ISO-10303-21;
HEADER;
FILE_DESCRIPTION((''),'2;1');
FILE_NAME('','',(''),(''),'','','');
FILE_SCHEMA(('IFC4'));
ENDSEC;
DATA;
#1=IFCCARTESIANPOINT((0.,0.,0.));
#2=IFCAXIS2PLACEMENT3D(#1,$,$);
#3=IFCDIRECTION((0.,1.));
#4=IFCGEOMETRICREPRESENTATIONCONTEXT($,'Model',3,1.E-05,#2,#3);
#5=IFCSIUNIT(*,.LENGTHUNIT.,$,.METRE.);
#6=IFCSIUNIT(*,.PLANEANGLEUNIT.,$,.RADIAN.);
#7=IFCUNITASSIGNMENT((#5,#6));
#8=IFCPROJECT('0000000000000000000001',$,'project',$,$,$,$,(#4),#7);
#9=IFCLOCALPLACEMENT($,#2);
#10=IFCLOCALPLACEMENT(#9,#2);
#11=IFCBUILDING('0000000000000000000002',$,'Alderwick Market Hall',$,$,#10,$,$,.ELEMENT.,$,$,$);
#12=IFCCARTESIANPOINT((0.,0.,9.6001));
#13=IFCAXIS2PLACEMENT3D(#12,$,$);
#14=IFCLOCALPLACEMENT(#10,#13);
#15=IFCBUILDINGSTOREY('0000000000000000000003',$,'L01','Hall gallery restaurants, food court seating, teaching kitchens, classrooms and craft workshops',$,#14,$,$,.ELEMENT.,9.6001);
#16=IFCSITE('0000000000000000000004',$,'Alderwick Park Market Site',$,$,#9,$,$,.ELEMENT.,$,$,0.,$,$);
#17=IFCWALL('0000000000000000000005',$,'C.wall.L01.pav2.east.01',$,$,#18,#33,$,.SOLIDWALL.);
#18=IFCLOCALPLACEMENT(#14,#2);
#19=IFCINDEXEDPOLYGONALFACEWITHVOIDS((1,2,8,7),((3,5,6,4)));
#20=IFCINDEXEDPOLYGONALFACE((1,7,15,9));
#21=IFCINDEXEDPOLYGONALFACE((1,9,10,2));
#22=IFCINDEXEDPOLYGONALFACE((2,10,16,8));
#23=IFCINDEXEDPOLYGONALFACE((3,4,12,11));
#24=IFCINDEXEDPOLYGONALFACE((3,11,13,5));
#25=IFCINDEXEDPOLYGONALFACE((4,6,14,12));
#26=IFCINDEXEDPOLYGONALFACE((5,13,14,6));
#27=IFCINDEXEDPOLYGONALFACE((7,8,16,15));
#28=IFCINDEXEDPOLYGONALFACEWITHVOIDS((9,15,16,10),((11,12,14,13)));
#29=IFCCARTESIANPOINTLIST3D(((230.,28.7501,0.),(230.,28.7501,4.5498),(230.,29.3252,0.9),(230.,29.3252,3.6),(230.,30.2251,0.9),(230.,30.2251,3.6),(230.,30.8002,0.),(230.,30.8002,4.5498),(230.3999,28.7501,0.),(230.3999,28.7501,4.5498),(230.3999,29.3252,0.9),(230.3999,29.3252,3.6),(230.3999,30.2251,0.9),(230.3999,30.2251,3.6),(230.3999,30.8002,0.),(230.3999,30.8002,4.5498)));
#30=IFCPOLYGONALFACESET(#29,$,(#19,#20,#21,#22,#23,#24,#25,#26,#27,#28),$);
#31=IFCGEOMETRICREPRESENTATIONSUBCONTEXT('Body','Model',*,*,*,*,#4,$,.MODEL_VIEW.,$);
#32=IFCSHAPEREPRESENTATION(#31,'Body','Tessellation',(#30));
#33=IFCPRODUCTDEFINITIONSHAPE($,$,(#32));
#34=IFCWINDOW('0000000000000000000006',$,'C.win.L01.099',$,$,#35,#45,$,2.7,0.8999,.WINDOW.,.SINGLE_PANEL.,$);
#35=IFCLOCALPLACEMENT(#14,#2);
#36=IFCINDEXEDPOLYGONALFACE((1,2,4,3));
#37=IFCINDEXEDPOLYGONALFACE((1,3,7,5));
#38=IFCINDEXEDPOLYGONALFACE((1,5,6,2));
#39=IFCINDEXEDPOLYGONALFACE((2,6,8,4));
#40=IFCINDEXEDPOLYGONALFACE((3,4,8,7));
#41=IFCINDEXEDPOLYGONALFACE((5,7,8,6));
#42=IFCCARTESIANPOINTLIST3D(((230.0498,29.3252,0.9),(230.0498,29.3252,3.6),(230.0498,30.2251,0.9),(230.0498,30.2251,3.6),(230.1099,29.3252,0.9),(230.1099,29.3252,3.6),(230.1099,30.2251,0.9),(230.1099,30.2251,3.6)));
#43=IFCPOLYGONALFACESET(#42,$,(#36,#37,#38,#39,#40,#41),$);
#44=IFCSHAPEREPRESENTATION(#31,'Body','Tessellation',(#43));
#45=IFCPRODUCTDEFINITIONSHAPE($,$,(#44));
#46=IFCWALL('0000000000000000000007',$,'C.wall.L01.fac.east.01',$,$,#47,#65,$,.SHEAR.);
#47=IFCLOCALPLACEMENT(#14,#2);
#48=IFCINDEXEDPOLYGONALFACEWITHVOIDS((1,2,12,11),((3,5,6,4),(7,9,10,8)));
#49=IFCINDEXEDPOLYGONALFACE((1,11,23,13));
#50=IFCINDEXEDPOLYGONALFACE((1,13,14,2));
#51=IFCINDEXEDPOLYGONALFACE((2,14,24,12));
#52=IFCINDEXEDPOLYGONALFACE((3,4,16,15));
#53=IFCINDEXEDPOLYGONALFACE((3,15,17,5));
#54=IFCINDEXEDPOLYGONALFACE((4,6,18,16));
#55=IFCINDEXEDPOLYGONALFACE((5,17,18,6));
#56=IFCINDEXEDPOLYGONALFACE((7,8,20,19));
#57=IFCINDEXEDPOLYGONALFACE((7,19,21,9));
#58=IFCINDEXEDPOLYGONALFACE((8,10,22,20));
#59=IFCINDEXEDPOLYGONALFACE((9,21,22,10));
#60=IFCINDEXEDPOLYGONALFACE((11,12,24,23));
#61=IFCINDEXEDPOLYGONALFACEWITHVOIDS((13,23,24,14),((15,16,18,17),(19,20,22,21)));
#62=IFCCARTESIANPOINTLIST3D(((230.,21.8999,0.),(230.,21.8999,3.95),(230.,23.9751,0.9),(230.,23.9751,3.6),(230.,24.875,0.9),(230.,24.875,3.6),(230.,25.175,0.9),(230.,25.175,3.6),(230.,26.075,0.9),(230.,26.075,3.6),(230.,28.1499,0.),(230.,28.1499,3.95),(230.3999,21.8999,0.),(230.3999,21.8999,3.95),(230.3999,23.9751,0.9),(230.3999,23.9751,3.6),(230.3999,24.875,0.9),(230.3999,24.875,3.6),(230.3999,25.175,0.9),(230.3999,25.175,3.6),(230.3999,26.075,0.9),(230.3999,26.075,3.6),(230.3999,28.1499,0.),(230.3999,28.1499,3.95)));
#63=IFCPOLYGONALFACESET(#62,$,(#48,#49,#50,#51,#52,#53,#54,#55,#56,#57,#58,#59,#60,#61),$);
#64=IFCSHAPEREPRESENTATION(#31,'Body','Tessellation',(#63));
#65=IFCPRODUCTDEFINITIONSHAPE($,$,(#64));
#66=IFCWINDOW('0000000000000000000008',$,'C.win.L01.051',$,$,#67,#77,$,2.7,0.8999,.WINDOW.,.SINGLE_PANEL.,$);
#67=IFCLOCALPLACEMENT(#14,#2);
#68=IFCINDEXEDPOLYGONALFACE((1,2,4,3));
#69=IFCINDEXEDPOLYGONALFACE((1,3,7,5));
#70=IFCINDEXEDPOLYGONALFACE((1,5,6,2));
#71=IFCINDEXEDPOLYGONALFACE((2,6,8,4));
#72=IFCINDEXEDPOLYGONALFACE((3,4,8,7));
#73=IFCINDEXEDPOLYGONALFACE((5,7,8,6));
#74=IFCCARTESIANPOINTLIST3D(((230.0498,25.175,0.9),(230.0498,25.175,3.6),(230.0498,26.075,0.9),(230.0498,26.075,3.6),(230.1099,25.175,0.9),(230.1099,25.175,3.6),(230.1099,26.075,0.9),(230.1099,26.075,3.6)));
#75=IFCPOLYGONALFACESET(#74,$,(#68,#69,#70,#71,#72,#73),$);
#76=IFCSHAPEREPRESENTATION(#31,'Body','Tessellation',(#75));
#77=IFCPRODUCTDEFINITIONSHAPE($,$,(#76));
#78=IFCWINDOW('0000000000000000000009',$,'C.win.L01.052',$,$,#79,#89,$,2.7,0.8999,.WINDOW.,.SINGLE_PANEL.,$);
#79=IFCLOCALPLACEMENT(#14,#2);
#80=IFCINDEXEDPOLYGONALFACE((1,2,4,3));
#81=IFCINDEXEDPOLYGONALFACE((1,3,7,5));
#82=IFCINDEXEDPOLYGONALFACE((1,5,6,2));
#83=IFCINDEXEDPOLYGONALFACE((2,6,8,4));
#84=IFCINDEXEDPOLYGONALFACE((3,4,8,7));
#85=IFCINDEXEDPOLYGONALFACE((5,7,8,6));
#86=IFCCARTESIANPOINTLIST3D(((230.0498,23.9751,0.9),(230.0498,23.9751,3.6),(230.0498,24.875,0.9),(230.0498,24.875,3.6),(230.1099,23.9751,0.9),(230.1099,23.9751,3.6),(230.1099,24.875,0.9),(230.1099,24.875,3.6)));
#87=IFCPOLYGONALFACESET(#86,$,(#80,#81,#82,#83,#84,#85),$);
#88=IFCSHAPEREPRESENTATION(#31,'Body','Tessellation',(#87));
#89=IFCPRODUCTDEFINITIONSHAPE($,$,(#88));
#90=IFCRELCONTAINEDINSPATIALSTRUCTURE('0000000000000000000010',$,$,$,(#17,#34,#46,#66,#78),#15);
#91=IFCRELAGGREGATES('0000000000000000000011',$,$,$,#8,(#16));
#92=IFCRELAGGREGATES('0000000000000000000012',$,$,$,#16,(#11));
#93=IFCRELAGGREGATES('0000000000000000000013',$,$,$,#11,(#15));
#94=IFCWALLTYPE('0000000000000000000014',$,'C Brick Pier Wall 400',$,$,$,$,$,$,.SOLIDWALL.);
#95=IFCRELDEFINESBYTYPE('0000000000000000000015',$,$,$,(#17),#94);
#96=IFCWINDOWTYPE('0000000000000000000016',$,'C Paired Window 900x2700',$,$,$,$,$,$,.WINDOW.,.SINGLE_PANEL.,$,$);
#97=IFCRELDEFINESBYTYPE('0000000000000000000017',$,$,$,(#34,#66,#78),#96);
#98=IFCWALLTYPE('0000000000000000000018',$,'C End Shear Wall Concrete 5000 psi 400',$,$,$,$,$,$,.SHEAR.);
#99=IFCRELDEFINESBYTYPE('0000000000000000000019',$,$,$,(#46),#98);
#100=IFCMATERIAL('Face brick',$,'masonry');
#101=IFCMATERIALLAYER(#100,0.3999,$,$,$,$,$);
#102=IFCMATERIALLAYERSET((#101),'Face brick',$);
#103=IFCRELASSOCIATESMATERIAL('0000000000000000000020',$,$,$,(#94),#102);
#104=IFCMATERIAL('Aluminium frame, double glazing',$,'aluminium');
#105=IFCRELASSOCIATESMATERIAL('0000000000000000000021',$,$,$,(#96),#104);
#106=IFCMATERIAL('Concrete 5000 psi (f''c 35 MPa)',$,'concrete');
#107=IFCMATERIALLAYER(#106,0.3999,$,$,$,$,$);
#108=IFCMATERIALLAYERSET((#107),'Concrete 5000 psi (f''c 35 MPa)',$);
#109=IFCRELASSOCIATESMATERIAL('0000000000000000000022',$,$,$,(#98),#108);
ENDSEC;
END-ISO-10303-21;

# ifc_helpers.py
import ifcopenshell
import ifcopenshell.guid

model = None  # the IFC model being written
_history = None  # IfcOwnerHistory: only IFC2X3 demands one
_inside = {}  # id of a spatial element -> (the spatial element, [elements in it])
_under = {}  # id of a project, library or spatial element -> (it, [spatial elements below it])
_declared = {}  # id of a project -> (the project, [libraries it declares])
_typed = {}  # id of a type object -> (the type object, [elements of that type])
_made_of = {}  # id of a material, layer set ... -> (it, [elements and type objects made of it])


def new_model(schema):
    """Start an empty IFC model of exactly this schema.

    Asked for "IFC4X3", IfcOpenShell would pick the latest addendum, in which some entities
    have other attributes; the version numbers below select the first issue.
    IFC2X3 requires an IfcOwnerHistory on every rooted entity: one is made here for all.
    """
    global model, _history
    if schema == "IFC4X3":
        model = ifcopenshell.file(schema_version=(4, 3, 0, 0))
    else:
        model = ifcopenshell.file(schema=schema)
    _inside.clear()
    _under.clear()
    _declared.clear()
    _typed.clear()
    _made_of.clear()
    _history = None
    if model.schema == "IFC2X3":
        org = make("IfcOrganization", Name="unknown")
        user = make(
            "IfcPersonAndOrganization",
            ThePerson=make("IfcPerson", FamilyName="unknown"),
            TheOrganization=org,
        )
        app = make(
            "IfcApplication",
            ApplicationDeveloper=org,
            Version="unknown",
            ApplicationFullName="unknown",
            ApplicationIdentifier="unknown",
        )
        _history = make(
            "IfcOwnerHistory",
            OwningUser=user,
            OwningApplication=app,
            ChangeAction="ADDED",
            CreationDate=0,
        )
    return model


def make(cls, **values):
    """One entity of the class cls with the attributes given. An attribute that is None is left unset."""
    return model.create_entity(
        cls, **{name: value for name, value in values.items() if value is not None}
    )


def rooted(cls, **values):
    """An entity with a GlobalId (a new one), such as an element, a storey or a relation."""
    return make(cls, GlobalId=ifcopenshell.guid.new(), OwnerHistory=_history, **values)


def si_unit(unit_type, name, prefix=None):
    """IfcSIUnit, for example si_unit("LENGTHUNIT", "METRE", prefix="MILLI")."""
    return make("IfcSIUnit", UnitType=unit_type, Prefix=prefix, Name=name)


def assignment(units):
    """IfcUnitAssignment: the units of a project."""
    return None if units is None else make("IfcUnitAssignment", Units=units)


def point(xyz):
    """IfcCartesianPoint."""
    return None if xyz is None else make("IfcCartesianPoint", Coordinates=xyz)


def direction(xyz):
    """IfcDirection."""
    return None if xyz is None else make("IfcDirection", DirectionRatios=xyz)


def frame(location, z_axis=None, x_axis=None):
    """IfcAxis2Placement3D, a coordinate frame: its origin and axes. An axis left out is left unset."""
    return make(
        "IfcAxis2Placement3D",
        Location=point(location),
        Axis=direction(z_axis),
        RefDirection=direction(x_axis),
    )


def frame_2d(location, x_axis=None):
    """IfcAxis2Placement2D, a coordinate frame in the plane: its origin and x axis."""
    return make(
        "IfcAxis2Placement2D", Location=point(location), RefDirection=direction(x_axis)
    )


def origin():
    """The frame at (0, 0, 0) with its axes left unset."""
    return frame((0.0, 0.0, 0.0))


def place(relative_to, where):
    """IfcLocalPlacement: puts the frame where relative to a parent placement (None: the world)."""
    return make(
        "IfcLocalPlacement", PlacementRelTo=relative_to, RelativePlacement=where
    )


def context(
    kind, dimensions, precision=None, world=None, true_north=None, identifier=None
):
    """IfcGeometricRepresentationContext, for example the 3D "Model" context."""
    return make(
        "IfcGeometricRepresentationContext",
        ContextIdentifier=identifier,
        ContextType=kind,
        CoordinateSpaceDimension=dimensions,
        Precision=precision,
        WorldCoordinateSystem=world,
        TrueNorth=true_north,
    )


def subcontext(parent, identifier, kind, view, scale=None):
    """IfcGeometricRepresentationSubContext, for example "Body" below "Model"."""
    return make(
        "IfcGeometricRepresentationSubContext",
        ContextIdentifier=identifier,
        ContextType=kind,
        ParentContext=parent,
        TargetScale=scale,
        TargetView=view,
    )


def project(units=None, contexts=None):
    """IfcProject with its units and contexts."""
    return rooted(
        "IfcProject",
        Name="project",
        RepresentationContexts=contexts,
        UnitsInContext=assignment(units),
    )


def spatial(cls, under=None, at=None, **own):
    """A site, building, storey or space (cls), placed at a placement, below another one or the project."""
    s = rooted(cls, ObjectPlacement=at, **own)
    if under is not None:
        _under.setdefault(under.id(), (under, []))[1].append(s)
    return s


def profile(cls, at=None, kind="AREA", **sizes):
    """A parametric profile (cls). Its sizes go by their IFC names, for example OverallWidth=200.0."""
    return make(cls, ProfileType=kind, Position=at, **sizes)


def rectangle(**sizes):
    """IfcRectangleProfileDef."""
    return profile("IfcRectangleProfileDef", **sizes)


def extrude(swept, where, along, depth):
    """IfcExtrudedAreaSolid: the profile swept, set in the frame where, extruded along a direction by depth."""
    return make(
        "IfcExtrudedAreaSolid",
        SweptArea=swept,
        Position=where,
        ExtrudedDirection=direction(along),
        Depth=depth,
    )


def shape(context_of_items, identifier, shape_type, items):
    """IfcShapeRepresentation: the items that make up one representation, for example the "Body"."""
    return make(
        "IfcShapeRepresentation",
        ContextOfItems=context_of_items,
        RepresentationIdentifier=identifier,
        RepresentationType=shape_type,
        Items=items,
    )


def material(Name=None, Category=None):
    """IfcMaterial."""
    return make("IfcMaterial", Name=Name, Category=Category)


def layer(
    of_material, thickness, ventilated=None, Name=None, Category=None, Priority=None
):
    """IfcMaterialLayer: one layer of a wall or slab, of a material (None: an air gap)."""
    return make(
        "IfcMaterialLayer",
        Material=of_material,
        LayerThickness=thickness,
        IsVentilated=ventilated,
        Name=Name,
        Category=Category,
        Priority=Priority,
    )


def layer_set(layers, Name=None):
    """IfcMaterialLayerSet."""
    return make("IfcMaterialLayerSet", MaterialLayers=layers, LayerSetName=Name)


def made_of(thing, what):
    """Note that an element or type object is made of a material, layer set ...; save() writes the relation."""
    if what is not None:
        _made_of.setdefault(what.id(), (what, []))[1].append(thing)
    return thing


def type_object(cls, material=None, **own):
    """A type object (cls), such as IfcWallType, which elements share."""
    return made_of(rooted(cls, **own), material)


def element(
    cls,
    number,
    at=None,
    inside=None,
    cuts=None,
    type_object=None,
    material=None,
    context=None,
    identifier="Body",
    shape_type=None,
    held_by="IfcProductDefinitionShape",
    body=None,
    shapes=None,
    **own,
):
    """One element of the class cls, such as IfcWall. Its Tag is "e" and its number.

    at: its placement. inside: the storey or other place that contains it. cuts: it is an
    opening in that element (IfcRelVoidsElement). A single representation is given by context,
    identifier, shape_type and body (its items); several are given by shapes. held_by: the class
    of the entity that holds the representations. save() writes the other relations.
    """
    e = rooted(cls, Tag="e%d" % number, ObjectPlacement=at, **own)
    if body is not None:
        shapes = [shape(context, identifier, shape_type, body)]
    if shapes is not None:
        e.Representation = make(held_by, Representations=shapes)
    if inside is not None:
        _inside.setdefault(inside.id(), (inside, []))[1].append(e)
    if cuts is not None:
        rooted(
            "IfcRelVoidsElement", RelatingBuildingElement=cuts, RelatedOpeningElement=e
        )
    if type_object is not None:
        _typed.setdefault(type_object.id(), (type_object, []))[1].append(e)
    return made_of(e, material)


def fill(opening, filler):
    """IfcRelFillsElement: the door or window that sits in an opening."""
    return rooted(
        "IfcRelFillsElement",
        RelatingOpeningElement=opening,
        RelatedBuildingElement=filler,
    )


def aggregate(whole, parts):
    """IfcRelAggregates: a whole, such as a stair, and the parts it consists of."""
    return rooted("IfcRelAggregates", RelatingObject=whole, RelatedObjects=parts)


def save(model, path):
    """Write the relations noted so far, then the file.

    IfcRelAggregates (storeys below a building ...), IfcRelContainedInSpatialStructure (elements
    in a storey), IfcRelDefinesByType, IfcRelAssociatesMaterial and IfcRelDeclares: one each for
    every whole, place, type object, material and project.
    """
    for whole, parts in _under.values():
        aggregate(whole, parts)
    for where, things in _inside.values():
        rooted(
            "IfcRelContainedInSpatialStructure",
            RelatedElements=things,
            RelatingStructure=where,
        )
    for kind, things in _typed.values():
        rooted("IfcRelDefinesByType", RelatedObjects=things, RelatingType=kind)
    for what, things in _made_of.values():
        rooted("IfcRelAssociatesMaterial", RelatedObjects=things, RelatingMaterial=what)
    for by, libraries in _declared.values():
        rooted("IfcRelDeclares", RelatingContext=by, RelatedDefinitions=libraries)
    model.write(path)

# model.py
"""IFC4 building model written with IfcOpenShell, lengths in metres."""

from ifc_helpers import new_model, si_unit, direction, frame, frame_2d, origin, place, context, subcontext, project, spatial, rectangle, extrude, material, layer, layer_set, type_object, element, fill, save


model = new_model("IFC4")

# Units and contexts
model_context = context("Model", 3, precision=1e-05, world=origin(), true_north=direction((0.0, 1.0)))
body_context = subcontext(model_context, "Body", "Model", "MODEL_VIEW")
ifc_project = project(units=[si_unit("LENGTHUNIT", "METRE"), si_unit("PLANEANGLEUNIT", "RADIAN")], contexts=[model_context])

# Site, building, storey
site_placement = place(None, origin())
site = spatial("IfcSite", under=ifc_project, at=site_placement, Name="Alderwick Park Market Site", CompositionType="ELEMENT", RefElevation=0.0)
building_placement = place(site_placement, origin())
building = spatial("IfcBuilding", under=site, at=building_placement, Name="Alderwick Market Hall", CompositionType="ELEMENT")
storey_placement = place(building_placement, frame((0.0, 0.0, 9.6001)))
storey = spatial("IfcBuildingStorey", under=building, at=storey_placement, Name="L01", Description="Hall gallery restaurants, food court seating, teaching kitchens, classrooms and craft workshops", CompositionType="ELEMENT", Elevation=9.6001)

# Shared definitions
ifc_material_1 = material(Name="Concrete 5000 psi (f'c 35 MPa)", Category="concrete")

# Shared definitions
ifc_material_2 = material(Name="Face brick", Category="masonry")
ifc_layer_1 = layer(ifc_material_2, 0.3999)
ifc_layer_set_1 = layer_set([ifc_layer_1], Name="Face brick")
wall_type_1 = type_object("IfcWallType", Name="C Brick Pier Wall 400", PredefinedType="SOLIDWALL", material=ifc_layer_set_1)

# Shared definitions
ifc_material_3 = material(Name="Aluminium frame, double glazing", Category="aluminium")
window_type = type_object("IfcWindowType", Name="C Paired Window 900x2700", PartitioningType="SINGLE_PANEL", PredefinedType="WINDOW", material=ifc_material_3)

# Wall, opening, window
wall_1_placement = place(storey_placement, frame((230.2, 30.8, 0.0), z_axis=(0.0, 0.0, 1.0), x_axis=(0.0, -1.0, 0.0)))
wall_1 = element("IfcWall", 1, at=wall_1_placement, inside=storey, type_object=wall_type_1, Name="C.wall.L01.pav2.east.01", PredefinedType="SOLIDWALL", context=body_context, shape_type="SweptSolid", body=[
    extrude(rectangle(XDim=2.05, YDim=0.3999, at=frame_2d((1.0249, 0.0))), origin(), (0.0, 0.0, 1.0), 4.5498),
])
opening_1_placement = place(wall_1_placement, frame((0.575, 0.0, 0.8999)))
opening_1 = element("IfcOpeningElement", 2, at=opening_1_placement, cuts=wall_1, PredefinedType="OPENING", context=body_context, shape_type="SweptSolid", body=[
    extrude(rectangle(XDim=0.8999, YDim=2.7, at=frame_2d((0.45, 1.3501))), frame((0.0, 0.21, 0.0), z_axis=(0.0, -1.0, 0.0), x_axis=(1.0, 0.0, 0.0)), (0.0, 0.0, 1.0), 0.4199),
])
window_1_placement = place(opening_1_placement, origin())
window_1 = element("IfcWindow", 3, at=window_1_placement, inside=storey, type_object=window_type, Name="C.win.L01.099", OverallHeight=2.7, OverallWidth=0.8999, PartitioningType="SINGLE_PANEL", PredefinedType="WINDOW", context=body_context, shape_type="SweptSolid", body=[
    extrude(rectangle(XDim=0.8999, YDim=2.7, at=frame_2d((0.45, 1.3501))), frame((0.0, -0.0901, 0.0), z_axis=(0.0, -1.0, 0.0), x_axis=(1.0, 0.0, 0.0)), (0.0, 0.0, 1.0), 0.0601),
])
fill(opening_1, window_1)

# Wall, openings, windows
ifc_layer_2 = layer(ifc_material_1, 0.3999)
ifc_layer_set_2 = layer_set([ifc_layer_2], Name="Concrete 5000 psi (f'c 35 MPa)")
wall_type_2 = type_object("IfcWallType", Name="C End Shear Wall Concrete 5000 psi 400", PredefinedType="SHEAR", material=ifc_layer_set_2)
wall_2_placement = place(storey_placement, frame((230.2, 28.1499, 0.0), z_axis=(0.0, 0.0, 1.0), x_axis=(0.0, -1.0, 0.0)))
wall_2 = element("IfcWall", 4, at=wall_2_placement, inside=storey, type_object=wall_type_2, Name="C.wall.L01.fac.east.01", PredefinedType="SHEAR", context=body_context, shape_type="SweptSolid", body=[
    extrude(rectangle(XDim=6.25, YDim=0.3999, at=frame_2d((3.125, 0.0))), origin(), (0.0, 0.0, 1.0), 3.95),
])
opening_2_placement = place(wall_2_placement, frame((2.075, 0.0, 0.8999)))
opening_2 = element("IfcOpeningElement", 5, at=opening_2_placement, cuts=wall_2, PredefinedType="OPENING", context=body_context, shape_type="SweptSolid", body=[
    extrude(rectangle(XDim=0.8999, YDim=2.7, at=frame_2d((0.45, 1.3501))), frame((0.0, 0.21, 0.0), z_axis=(0.0, -1.0, 0.0), x_axis=(1.0, 0.0, 0.0)), (0.0, 0.0, 1.0), 0.4199),
])
opening_3_placement = place(wall_2_placement, frame((3.2749, 0.0, 0.8999)))
opening_3 = element("IfcOpeningElement", 6, at=opening_3_placement, cuts=wall_2, PredefinedType="OPENING", context=body_context, shape_type="SweptSolid", body=[
    extrude(rectangle(XDim=0.8999, YDim=2.7, at=frame_2d((0.45, 1.3501))), frame((0.0, 0.21, 0.0), z_axis=(0.0, -1.0, 0.0), x_axis=(1.0, 0.0, 0.0)), (0.0, 0.0, 1.0), 0.4199),
])
window_2_placement = place(opening_2_placement, origin())
window_2 = element("IfcWindow", 7, at=window_2_placement, inside=storey, type_object=window_type, Name="C.win.L01.051", OverallHeight=2.7, OverallWidth=0.8999, PartitioningType="SINGLE_PANEL", PredefinedType="WINDOW", context=body_context, shape_type="SweptSolid", body=[
    extrude(rectangle(XDim=0.8999, YDim=2.7, at=frame_2d((0.45, 1.3501))), frame((0.0, -0.0901, 0.0), z_axis=(0.0, -1.0, 0.0), x_axis=(1.0, 0.0, 0.0)), (0.0, 0.0, 1.0), 0.0601),
])
fill(opening_2, window_2)
window_3_placement = place(opening_3_placement, origin())
window_3 = element("IfcWindow", 8, at=window_3_placement, inside=storey, type_object=window_type, Name="C.win.L01.052", OverallHeight=2.7, OverallWidth=0.8999, PartitioningType="SINGLE_PANEL", PredefinedType="WINDOW", context=body_context, shape_type="SweptSolid", body=[
    extrude(rectangle(XDim=0.8999, YDim=2.7, at=frame_2d((0.45, 1.3501))), frame((0.0, -0.0901, 0.0), z_axis=(0.0, -1.0, 0.0), x_axis=(1.0, 0.0, 0.0)), (0.0, 0.0, 1.0), 0.0601),
])
fill(opening_3, window_3)

save(model, "model.ifc")
